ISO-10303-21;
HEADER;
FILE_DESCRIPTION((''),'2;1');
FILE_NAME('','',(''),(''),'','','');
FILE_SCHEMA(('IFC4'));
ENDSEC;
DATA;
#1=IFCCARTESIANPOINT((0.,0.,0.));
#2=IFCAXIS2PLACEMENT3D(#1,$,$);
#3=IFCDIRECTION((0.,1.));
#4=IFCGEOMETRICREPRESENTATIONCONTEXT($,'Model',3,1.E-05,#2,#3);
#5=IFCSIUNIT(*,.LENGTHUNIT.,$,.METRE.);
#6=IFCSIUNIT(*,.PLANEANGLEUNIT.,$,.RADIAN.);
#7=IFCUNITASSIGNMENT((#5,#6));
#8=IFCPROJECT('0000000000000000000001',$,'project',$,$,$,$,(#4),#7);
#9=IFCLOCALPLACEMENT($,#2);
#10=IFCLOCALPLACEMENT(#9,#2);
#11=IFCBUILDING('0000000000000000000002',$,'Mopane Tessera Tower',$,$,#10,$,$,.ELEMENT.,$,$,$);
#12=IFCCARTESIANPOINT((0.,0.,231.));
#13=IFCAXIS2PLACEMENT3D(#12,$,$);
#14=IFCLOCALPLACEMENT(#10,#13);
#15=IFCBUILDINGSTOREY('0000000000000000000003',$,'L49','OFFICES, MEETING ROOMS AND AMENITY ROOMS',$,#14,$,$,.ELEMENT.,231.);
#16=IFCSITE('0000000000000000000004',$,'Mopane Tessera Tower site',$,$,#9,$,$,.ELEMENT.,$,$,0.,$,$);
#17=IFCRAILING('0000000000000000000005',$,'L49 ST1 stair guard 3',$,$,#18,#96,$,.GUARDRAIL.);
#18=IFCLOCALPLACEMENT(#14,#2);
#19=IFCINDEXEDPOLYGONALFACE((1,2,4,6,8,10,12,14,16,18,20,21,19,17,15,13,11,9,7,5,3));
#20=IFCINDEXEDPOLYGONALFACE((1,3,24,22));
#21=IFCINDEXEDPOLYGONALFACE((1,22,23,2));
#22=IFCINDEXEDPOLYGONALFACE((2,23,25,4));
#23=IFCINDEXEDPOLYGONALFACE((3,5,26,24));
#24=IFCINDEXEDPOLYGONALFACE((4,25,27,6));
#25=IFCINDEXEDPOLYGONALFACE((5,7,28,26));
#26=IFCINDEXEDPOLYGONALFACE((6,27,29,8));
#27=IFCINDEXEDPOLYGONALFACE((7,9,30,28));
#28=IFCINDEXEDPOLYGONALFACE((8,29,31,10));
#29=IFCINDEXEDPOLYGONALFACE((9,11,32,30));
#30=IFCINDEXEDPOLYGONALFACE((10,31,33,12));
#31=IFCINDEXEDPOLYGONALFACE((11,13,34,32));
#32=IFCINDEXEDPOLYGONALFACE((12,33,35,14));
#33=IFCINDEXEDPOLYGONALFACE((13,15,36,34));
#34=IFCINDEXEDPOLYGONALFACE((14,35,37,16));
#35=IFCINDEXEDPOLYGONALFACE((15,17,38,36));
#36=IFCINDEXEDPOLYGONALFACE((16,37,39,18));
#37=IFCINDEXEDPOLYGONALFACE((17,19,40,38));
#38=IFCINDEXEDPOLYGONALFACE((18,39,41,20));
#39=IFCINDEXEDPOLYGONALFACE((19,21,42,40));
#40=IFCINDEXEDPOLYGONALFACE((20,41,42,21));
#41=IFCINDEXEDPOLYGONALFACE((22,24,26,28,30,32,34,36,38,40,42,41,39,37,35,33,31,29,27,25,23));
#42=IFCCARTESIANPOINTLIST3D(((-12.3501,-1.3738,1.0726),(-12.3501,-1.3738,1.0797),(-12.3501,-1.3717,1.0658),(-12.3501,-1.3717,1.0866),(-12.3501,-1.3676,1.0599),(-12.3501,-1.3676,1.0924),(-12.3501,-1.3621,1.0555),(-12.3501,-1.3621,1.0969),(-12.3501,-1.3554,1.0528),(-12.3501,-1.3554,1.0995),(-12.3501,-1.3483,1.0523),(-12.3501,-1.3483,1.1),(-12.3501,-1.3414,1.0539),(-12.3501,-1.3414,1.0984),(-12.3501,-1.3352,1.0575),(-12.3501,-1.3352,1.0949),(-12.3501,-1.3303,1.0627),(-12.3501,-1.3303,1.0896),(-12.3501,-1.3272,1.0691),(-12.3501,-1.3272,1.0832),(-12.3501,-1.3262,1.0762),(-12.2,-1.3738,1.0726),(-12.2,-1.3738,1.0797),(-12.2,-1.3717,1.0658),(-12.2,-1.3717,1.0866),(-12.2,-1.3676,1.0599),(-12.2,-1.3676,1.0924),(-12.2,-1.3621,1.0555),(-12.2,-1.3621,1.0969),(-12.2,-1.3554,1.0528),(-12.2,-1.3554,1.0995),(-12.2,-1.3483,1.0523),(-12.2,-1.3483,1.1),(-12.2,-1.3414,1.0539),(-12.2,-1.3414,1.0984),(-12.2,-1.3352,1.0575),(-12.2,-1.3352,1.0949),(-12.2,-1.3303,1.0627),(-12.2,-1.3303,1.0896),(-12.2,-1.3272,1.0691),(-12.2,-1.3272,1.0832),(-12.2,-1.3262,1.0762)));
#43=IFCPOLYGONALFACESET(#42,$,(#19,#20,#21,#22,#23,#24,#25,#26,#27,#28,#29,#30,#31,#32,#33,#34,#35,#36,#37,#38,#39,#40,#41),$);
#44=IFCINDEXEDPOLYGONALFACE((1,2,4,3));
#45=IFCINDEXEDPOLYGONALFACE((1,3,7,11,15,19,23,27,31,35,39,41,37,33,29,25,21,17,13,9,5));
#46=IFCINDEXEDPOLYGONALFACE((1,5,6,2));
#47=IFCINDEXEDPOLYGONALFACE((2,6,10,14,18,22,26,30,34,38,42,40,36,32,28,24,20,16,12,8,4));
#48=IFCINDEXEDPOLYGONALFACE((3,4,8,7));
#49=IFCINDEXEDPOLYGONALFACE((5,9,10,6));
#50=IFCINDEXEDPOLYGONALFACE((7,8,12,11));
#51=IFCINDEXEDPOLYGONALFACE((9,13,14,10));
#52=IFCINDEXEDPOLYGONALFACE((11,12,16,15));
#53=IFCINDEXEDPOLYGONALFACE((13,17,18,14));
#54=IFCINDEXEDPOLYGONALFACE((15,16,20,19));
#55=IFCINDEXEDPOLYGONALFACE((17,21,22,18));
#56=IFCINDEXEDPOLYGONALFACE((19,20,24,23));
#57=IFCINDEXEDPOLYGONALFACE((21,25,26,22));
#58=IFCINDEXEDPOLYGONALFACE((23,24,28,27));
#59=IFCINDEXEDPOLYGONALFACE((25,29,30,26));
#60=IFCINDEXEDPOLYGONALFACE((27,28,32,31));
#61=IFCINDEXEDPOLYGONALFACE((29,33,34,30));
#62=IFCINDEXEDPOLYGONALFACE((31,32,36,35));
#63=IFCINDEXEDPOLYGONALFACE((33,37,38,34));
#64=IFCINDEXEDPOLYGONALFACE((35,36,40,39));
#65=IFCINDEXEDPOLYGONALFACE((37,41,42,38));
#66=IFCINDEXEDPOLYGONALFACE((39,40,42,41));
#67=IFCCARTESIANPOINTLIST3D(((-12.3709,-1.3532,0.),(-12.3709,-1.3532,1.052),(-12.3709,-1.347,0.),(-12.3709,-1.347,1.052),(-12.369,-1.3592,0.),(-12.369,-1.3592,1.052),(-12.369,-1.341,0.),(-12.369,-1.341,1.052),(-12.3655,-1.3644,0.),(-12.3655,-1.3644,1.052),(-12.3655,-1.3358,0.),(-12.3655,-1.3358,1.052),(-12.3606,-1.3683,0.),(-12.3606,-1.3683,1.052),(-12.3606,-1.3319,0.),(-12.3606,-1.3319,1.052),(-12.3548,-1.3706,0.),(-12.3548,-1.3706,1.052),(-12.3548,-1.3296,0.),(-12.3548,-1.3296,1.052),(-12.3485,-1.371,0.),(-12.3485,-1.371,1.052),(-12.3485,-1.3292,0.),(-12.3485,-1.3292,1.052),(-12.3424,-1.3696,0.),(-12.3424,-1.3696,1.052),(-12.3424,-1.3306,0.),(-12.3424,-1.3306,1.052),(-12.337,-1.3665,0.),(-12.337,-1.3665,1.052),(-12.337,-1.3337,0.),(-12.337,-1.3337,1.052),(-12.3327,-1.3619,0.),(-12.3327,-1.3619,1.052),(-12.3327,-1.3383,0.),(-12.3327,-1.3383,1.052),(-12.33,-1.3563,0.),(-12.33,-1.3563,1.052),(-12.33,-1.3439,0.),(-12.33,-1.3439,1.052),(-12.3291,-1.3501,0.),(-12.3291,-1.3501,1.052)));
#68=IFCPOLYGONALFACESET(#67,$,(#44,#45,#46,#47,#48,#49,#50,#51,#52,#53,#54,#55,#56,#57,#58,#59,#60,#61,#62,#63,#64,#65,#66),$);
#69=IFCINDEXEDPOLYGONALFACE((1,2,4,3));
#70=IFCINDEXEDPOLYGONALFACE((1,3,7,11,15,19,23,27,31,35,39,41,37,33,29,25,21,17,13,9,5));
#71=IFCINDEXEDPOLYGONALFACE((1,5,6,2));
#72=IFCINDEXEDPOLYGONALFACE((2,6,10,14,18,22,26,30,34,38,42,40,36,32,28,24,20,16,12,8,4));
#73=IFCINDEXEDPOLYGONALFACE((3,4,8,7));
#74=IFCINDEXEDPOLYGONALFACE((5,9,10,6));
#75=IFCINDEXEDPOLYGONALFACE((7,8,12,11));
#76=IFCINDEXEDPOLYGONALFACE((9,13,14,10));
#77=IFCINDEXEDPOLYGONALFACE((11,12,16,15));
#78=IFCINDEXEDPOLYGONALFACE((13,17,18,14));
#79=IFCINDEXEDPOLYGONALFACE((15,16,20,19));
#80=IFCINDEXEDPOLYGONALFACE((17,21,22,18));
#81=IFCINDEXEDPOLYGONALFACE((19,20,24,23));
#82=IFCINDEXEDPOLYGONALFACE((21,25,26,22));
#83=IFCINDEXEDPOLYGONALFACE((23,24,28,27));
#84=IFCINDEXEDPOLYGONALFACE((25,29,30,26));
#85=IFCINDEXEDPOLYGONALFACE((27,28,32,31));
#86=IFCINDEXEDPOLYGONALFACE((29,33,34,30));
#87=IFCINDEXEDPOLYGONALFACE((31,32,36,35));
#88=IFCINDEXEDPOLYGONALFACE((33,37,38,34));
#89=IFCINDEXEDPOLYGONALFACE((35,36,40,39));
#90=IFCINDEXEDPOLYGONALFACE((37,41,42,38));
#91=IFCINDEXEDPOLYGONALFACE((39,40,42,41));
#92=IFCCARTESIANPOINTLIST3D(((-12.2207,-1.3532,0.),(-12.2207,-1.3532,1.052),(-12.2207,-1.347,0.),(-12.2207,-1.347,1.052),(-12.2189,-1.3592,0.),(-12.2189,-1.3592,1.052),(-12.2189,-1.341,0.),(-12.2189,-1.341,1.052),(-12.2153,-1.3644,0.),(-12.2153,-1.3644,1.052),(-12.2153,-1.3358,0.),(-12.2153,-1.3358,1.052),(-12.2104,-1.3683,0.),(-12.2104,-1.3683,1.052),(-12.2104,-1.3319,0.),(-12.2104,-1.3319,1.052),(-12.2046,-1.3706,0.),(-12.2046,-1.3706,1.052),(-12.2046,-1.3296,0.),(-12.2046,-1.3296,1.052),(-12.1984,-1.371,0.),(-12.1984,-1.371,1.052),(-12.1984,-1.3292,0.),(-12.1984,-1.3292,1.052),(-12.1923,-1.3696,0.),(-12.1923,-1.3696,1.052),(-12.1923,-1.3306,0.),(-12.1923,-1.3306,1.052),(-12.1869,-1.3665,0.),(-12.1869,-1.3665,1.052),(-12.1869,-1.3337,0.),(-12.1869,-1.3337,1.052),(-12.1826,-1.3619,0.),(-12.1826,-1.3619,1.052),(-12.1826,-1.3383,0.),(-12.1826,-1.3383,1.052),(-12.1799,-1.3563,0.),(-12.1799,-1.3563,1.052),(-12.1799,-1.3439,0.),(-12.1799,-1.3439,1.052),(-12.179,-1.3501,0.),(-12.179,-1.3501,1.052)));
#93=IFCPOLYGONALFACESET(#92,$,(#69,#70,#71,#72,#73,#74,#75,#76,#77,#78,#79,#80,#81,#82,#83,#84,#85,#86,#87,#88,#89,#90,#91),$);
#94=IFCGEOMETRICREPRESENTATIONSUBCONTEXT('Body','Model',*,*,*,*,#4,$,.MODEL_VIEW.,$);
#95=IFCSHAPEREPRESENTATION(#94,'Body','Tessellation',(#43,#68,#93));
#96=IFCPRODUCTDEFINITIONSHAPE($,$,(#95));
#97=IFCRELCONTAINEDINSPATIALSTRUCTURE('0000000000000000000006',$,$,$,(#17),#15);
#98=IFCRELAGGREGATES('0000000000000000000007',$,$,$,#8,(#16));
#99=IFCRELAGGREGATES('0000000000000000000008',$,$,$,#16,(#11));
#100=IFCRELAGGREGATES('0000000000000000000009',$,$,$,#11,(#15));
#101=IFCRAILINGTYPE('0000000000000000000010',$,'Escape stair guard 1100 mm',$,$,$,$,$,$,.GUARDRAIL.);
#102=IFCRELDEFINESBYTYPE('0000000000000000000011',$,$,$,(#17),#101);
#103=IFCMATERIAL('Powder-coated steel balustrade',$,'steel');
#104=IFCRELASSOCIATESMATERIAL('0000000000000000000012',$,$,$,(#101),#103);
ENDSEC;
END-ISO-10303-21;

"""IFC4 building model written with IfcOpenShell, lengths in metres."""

from ifc_helpers import new_model, si_unit, direction, frame, origin, origin_2d, place, context, subcontext, project, spatial, circle, extrude, material, type_object, element, save


model = new_model("IFC4")

# Units and contexts
model_context = context("Model", 3, precision=1e-05, world=origin(), true_north=direction((0.0, 1.0)))
body_context = subcontext(model_context, "Body", "Model", "MODEL_VIEW")
ifc_project = project(units=[si_unit("LENGTHUNIT", "METRE"), si_unit("PLANEANGLEUNIT", "RADIAN")], contexts=[model_context])

# Site, building, storey
site_placement = place(None, origin())
site = spatial("IfcSite", under=ifc_project, at=site_placement, Name="Mopane Tessera Tower site", CompositionType="ELEMENT", RefElevation=0.0)
building_placement = place(site_placement, origin())
building = spatial("IfcBuilding", under=site, at=building_placement, Name="Mopane Tessera Tower", CompositionType="ELEMENT")
storey_placement = place(building_placement, frame((0.0, 0.0, 231.0)))
storey = spatial("IfcBuildingStorey", under=building, at=storey_placement, Name="L49", Description="OFFICES, MEETING ROOMS AND AMENITY ROOMS", CompositionType="ELEMENT", Elevation=231.0)

# Railing
ifc_material_1 = material(Name="Powder-coated steel balustrade", Category="steel")
railing_type_1 = type_object("IfcRailingType", Name="Escape stair guard 1100 mm", PredefinedType="GUARDRAIL", material=ifc_material_1)
railing_1_placement = place(storey_placement, frame((-12.3501, -1.3501, 0.0)))
element("IfcRailing", 1, at=railing_1_placement, inside=storey, type_object=railing_type_1, Name="L49 ST1 stair guard 3", PredefinedType="GUARDRAIL", context=body_context, shape_type="SweptSolid", body=[
    extrude(circle(Radius=0.0239, at=origin_2d()), frame((0.0, 0.0, 1.0762), z_axis=(1.0, 0.0, 0.0), x_axis=(0.0, 1.0, 0.0)), (0.0, 0.0, 1.0), 0.1501),
    extrude(circle(Radius=0.021, at=origin_2d()), origin(), (0.0, 0.0, 1.0), 1.052),
    extrude(circle(Radius=0.021, at=origin_2d()), frame((0.1501, 0.0, 0.0)), (0.0, 0.0, 1.0), 1.052),
])

save(model, "model.ifc")
